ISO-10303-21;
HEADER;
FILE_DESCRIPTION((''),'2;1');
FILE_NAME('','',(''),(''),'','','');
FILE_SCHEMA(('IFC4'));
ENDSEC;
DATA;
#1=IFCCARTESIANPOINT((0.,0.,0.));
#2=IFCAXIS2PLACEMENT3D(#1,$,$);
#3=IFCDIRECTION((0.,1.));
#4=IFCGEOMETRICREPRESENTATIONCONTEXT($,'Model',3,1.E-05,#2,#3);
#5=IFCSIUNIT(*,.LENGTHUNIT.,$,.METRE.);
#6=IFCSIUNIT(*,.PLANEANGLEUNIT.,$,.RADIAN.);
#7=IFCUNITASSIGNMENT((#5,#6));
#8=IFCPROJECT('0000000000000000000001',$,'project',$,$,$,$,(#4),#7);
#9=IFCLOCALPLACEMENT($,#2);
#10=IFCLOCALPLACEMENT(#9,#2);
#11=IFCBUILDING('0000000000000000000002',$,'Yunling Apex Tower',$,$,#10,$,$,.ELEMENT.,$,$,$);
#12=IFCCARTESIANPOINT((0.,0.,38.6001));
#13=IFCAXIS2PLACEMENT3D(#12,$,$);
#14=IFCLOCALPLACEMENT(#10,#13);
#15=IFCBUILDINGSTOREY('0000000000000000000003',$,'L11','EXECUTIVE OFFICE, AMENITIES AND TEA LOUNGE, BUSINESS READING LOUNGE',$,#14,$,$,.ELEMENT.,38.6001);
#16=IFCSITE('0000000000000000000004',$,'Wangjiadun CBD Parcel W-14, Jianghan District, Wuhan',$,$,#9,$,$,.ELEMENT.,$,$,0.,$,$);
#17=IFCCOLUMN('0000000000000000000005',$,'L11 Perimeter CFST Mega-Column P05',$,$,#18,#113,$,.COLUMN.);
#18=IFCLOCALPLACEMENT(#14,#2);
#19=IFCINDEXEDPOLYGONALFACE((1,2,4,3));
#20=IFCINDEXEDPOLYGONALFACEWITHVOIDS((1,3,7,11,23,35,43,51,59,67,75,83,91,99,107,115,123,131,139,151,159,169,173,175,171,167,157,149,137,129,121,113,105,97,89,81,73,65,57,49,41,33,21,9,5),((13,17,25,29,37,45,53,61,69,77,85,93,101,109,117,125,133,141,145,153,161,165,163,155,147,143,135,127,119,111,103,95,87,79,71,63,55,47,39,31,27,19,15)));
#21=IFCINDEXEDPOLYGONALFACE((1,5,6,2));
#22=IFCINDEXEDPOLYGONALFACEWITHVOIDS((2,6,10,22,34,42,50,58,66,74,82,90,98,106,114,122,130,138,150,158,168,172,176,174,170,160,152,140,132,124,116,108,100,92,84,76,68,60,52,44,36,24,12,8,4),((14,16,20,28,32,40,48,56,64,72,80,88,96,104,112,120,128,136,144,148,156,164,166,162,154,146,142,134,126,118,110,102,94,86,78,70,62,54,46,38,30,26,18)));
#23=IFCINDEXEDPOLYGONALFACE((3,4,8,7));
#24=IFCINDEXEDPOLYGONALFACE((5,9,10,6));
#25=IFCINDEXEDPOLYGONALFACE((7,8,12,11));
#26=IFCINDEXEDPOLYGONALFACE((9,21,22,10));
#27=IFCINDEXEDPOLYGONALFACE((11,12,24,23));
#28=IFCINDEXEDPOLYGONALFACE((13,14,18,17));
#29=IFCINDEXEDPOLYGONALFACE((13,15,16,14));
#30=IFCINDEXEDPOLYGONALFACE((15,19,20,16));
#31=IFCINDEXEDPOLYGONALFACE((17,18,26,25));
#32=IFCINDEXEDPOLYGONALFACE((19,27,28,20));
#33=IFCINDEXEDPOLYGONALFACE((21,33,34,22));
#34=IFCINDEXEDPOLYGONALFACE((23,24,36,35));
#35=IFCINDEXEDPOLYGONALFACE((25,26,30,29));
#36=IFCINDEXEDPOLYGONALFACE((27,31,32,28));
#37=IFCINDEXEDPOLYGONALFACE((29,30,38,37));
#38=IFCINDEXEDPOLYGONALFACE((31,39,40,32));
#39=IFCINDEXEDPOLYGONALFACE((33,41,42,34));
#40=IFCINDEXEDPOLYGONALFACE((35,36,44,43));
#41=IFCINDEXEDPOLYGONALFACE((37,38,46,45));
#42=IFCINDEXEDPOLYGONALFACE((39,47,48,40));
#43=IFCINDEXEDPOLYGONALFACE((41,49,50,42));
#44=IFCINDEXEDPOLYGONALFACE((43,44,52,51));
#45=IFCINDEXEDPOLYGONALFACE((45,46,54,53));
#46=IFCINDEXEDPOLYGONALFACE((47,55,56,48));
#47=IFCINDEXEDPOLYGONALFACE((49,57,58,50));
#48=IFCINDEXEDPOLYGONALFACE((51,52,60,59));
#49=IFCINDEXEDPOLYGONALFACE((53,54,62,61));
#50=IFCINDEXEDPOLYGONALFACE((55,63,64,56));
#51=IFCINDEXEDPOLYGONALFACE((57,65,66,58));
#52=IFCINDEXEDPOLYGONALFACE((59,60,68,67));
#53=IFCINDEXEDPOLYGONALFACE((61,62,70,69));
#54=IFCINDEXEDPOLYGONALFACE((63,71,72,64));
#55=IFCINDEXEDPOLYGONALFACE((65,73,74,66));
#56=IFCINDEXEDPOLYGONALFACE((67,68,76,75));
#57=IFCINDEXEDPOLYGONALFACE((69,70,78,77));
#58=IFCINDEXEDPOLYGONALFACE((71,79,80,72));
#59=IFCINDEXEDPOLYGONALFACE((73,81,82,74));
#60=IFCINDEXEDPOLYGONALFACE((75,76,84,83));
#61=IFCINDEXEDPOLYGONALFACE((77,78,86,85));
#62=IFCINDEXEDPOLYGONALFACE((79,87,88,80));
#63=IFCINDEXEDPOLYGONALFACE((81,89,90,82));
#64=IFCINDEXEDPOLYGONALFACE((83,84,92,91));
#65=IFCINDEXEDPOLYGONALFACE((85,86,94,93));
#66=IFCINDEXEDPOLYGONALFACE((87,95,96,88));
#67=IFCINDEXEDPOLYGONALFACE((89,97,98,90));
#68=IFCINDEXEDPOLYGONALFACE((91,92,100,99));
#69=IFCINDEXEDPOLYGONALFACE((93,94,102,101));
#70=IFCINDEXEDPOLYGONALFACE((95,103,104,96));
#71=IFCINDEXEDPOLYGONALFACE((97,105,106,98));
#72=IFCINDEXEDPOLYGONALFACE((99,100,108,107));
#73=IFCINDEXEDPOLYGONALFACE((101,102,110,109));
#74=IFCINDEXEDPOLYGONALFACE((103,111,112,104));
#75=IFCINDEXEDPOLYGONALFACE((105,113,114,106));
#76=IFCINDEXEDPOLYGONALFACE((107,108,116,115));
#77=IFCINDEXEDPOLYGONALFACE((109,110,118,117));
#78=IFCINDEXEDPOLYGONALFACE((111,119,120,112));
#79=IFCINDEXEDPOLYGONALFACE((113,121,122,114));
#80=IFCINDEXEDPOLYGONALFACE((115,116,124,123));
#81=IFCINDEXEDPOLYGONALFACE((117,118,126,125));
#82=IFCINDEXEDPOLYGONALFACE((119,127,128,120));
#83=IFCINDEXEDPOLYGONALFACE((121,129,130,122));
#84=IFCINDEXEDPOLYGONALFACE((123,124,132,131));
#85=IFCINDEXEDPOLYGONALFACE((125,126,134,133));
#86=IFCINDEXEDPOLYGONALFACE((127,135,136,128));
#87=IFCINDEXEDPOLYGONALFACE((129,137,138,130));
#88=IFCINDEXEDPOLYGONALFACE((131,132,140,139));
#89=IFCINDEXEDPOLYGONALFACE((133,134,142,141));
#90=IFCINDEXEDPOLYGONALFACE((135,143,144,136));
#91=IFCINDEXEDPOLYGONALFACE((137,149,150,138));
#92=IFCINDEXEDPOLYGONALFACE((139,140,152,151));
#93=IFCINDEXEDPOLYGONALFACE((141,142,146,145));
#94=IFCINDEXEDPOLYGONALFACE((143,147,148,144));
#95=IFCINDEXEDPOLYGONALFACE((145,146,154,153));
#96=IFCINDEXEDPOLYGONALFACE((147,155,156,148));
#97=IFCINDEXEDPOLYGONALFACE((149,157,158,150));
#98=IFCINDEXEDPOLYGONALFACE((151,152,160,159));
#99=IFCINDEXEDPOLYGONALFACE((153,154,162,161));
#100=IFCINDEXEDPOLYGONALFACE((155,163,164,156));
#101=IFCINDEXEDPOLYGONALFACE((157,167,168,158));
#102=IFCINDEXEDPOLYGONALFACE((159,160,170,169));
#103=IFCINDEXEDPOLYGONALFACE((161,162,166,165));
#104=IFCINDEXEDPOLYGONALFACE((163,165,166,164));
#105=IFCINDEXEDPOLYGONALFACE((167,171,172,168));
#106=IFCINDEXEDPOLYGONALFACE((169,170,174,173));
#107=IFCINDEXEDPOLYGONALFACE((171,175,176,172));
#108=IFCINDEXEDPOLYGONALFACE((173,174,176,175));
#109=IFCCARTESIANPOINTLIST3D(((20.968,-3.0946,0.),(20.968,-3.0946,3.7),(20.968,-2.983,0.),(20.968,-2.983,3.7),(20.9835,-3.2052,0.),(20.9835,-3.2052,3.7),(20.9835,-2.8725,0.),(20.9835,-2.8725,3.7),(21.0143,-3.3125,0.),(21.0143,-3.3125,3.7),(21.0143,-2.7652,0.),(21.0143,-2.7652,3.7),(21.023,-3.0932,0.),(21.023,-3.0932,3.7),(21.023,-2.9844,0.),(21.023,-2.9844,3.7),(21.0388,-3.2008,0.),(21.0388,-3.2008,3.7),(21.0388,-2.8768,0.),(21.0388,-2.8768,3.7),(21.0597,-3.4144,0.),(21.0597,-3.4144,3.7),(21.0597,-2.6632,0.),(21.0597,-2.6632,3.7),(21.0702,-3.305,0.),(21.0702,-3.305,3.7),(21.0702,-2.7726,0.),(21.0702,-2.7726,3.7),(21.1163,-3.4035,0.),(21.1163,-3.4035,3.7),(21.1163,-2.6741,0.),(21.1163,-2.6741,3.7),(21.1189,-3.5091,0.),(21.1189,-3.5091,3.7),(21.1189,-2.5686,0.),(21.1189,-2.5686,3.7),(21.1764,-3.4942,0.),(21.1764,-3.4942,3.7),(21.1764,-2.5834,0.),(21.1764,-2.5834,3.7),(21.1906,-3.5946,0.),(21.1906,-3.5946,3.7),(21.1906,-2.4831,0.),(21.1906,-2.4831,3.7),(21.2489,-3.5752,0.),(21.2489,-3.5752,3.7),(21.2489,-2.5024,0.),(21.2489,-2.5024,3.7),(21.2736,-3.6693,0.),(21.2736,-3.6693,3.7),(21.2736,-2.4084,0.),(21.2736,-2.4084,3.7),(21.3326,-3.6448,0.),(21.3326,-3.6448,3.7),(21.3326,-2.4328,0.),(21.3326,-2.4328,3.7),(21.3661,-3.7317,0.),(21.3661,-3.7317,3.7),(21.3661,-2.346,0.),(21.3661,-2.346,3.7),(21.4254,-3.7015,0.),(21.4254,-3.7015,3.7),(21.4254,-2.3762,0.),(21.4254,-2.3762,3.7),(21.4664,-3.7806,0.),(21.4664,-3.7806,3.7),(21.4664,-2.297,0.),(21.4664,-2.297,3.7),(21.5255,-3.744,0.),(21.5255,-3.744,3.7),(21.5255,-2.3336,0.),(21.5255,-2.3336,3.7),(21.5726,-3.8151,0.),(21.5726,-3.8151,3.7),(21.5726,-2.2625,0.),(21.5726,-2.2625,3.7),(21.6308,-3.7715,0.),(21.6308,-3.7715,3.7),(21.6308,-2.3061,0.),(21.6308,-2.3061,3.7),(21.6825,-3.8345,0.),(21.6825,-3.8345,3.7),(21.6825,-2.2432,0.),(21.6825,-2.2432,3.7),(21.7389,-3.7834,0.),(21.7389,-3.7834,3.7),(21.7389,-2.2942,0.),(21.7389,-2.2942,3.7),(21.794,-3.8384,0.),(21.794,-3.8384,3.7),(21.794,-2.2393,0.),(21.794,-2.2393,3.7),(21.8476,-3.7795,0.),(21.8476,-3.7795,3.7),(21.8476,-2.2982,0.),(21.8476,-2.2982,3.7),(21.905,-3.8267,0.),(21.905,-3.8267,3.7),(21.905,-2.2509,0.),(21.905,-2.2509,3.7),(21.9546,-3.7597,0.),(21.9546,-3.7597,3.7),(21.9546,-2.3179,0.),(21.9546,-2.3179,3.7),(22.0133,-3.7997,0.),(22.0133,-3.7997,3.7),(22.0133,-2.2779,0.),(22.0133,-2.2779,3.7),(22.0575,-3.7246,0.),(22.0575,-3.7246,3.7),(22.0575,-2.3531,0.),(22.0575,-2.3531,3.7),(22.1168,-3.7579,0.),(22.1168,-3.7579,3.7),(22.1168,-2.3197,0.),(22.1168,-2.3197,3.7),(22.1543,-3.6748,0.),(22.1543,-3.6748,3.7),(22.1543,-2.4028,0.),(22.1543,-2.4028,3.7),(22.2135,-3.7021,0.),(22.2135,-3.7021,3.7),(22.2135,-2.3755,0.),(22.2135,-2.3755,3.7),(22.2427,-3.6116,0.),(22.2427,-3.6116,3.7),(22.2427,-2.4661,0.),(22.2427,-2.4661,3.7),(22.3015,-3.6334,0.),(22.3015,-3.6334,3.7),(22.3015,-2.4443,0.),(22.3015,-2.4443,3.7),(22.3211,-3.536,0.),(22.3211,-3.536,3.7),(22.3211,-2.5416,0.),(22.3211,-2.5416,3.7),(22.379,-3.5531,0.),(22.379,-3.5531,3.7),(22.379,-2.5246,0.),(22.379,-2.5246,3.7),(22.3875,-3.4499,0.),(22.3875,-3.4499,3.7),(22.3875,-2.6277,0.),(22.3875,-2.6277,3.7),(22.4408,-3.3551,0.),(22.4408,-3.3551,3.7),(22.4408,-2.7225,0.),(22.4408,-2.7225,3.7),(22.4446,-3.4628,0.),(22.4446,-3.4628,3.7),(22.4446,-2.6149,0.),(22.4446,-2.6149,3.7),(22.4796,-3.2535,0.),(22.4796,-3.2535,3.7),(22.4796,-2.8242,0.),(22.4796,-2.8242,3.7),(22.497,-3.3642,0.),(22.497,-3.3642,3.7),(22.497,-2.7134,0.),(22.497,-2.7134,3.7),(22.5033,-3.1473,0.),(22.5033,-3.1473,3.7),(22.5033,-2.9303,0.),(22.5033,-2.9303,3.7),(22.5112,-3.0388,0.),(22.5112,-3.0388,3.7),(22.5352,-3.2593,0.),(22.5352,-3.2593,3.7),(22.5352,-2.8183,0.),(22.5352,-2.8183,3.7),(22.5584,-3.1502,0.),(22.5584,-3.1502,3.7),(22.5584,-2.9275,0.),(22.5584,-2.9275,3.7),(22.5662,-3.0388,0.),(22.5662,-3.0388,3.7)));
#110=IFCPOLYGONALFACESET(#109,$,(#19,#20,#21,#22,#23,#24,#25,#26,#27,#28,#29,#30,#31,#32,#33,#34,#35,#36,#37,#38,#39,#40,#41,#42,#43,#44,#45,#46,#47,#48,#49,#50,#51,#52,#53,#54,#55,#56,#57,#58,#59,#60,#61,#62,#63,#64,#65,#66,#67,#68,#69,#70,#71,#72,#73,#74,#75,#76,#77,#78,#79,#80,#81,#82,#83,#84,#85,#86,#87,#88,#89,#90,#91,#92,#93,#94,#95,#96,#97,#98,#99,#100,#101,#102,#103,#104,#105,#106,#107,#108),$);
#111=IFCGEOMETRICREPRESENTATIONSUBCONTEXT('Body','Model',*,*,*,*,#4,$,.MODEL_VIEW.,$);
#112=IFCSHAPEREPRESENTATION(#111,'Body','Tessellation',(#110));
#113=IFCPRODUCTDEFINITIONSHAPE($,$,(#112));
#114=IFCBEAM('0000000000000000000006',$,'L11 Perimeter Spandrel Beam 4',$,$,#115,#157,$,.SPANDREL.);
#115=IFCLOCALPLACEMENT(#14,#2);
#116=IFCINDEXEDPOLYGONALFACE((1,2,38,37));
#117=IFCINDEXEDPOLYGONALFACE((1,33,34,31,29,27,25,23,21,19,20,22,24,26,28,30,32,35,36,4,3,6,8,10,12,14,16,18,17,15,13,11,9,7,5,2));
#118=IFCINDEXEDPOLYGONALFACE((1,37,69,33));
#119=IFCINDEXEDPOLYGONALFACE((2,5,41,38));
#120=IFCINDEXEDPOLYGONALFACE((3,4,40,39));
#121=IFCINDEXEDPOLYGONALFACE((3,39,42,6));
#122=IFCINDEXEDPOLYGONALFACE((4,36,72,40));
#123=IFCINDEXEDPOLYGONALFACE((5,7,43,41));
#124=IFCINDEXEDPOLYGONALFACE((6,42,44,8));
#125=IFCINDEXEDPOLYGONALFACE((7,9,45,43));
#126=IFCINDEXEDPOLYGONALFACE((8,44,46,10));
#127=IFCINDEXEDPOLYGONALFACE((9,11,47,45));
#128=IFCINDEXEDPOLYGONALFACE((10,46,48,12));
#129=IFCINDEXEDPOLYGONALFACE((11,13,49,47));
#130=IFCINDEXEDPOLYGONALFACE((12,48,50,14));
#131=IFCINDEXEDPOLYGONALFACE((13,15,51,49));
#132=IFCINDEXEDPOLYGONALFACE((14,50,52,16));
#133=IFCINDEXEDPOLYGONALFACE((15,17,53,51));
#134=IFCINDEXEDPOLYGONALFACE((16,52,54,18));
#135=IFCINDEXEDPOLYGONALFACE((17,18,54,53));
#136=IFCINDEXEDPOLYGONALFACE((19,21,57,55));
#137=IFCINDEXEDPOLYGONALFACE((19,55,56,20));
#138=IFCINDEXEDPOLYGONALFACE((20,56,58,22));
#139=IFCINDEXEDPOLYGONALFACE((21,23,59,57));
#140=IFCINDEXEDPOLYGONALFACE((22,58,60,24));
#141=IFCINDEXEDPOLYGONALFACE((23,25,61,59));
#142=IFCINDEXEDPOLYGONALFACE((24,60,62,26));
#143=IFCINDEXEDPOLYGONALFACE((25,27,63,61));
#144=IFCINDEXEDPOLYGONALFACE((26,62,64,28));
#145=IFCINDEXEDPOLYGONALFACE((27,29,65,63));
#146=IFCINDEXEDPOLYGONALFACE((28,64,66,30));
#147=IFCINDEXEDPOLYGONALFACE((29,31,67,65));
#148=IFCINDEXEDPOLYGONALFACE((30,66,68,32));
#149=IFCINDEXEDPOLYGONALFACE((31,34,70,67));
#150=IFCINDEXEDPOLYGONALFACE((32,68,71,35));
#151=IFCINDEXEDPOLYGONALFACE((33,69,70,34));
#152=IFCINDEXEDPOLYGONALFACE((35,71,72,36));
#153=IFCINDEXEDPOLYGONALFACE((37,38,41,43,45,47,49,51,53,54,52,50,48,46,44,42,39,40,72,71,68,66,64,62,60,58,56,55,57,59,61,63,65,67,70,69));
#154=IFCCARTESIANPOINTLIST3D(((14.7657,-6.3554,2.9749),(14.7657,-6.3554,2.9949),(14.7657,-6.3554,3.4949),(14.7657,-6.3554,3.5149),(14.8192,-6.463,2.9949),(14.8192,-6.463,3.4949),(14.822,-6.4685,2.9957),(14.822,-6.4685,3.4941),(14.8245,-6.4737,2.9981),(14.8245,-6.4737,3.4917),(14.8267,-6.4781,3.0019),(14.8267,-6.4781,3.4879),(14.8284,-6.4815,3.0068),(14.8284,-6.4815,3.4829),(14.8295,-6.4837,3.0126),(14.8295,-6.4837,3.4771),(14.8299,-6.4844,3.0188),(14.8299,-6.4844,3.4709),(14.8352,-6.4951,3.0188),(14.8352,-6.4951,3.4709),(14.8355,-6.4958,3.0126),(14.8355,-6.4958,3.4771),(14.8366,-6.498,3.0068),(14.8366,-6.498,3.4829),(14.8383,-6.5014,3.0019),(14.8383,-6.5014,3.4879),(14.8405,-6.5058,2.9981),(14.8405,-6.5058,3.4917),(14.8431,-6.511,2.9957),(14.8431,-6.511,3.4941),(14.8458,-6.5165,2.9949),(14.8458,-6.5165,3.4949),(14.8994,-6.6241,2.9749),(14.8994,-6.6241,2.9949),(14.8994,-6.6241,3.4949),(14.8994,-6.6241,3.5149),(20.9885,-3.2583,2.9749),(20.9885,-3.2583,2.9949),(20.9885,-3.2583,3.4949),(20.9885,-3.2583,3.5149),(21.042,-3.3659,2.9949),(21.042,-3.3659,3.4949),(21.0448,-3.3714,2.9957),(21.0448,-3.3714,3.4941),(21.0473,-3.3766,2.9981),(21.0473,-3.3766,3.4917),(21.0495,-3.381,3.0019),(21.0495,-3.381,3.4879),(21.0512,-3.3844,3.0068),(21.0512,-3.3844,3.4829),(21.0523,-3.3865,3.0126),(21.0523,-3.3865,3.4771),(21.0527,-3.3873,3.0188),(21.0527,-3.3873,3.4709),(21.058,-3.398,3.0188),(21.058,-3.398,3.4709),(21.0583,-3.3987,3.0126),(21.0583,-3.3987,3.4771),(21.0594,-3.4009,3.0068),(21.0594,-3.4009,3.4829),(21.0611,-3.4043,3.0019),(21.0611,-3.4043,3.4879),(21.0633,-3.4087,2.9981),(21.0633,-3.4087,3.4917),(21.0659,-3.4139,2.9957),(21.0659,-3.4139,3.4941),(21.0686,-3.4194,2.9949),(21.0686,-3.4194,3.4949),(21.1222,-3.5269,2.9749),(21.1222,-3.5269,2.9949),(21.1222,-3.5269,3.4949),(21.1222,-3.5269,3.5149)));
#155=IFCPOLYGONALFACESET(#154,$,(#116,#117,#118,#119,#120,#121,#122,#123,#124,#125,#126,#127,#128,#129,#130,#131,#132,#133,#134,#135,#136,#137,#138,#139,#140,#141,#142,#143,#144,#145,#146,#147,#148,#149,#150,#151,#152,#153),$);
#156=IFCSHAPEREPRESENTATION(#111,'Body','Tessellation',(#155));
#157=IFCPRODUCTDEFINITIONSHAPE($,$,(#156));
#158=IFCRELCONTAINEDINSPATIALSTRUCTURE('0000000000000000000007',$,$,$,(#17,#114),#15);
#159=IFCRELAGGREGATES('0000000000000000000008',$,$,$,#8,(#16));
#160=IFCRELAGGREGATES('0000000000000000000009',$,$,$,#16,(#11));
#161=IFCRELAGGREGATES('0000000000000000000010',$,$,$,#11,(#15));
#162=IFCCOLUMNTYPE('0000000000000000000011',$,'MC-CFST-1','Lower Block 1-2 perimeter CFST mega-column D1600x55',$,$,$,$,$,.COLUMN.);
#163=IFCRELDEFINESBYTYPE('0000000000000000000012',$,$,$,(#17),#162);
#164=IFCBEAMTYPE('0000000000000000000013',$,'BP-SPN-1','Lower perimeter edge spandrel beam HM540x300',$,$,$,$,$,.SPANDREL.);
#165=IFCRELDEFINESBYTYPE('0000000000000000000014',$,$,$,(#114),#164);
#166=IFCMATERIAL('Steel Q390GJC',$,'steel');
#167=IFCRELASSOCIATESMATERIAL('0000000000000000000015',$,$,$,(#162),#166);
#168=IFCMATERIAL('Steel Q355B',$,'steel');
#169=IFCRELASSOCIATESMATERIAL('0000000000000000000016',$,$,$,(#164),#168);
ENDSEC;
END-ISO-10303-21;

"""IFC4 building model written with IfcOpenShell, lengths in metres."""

from ifc_helpers import new_model, si_unit, direction, frame, origin, origin_2d, place, context, subcontext, project, spatial, hollow_circle, i_section, extrude, source, transform, mapped, material, material_profile, profile_set, type_object, element, save


model = new_model("IFC4")

# Units and contexts
model_context = context("Model", 3, precision=1e-05, world=origin(), true_north=direction((0.0, 1.0)))
body_context = subcontext(model_context, "Body", "Model", "MODEL_VIEW")
ifc_project = project(units=[si_unit("LENGTHUNIT", "METRE"), si_unit("PLANEANGLEUNIT", "RADIAN")], contexts=[model_context])

# Site, building, storey
site_placement = place(None, origin())
site = spatial("IfcSite", under=ifc_project, at=site_placement, Name="Wangjiadun CBD Parcel W-14, Jianghan District, Wuhan", CompositionType="ELEMENT", RefElevation=0.0)
building_placement = place(site_placement, origin())
building = spatial("IfcBuilding", under=site, at=building_placement, Name="Yunling Apex Tower", CompositionType="ELEMENT")
storey_placement = place(building_placement, frame((0.0, 0.0, 38.6001)))
storey = spatial("IfcBuildingStorey", under=building, at=storey_placement, Name="L11", Description="EXECUTIVE OFFICE, AMENITIES AND TEA LOUNGE, BUSINESS READING LOUNGE", CompositionType="ELEMENT", Elevation=38.6001)

# Column
ifc_material_1 = material(Name="Steel Q390GJC", Category="steel")
ifc_material_profile_1 = material_profile(ifc_material_1, hollow_circle(Radius=0.8, WallThickness=0.0549, at=origin_2d()))
ifc_profile_set_1 = profile_set([ifc_material_profile_1], Name="Steel Q390GJC")
column_type = type_object("IfcColumnType", Name="MC-CFST-1", Description="Lower Block 1-2 perimeter CFST mega-column D1600x55", PredefinedType="COLUMN", material=ifc_profile_set_1)
shared_shape_1 = source(origin(), body_context, "Body", "SweptSolid", [
    extrude(hollow_circle(Radius=0.8, WallThickness=0.0549, at=origin_2d()), origin(), (0.0, 0.0, 1.0), 3.7),
])
column_placement = place(storey_placement, frame((21.7661, -3.0388, 0.0), z_axis=(0.0, 0.0, 1.0), x_axis=(1.0, 0.0, 0.0)))
element("IfcColumn", 1, at=column_placement, inside=storey, type_object=column_type, Name="L11 Perimeter CFST Mega-Column P05", PredefinedType="COLUMN", context=body_context, shape_type="MappedRepresentation", body=[
    mapped(shared_shape_1, transform((0.0, 0.0, 0.0), scale=1.0)),
])

# Beam
ifc_material_2 = material(Name="Steel Q355B", Category="steel")
ifc_material_profile_2 = material_profile(ifc_material_2, i_section(OverallWidth=0.3, OverallDepth=0.54, WebThickness=0.012, FlangeThickness=0.02, FilletRadius=0.0239, at=origin_2d()))
ifc_profile_set_2 = profile_set([ifc_material_profile_2], Name="Steel Q355B")
beam_type_1 = type_object("IfcBeamType", Name="BP-SPN-1", Description="Lower perimeter edge spandrel beam HM540x300", PredefinedType="SPANDREL", material=ifc_profile_set_2)
shared_shape_2 = source(origin(), body_context, "Body", "SweptSolid", [
    extrude(i_section(OverallWidth=0.3, OverallDepth=0.54, WebThickness=0.012, FlangeThickness=0.02, FilletRadius=0.0239, at=origin_2d()), origin(), (0.0, 0.0, 1.0), 6.9509),
])
beam_1_placement = place(storey_placement, frame((14.8325, -6.4897, 3.2449), z_axis=(0.895248, 0.445569, 0.0), x_axis=(-0.445569, 0.895248, 0.0)))
element("IfcBeam", 2, at=beam_1_placement, inside=storey, type_object=beam_type_1, Name="L11 Perimeter Spandrel Beam 4", PredefinedType="SPANDREL", context=body_context, shape_type="MappedRepresentation", body=[
    mapped(shared_shape_2, transform((0.0, 0.0, 0.0), scale=1.0)),
])

save(model, "model.ifc")
